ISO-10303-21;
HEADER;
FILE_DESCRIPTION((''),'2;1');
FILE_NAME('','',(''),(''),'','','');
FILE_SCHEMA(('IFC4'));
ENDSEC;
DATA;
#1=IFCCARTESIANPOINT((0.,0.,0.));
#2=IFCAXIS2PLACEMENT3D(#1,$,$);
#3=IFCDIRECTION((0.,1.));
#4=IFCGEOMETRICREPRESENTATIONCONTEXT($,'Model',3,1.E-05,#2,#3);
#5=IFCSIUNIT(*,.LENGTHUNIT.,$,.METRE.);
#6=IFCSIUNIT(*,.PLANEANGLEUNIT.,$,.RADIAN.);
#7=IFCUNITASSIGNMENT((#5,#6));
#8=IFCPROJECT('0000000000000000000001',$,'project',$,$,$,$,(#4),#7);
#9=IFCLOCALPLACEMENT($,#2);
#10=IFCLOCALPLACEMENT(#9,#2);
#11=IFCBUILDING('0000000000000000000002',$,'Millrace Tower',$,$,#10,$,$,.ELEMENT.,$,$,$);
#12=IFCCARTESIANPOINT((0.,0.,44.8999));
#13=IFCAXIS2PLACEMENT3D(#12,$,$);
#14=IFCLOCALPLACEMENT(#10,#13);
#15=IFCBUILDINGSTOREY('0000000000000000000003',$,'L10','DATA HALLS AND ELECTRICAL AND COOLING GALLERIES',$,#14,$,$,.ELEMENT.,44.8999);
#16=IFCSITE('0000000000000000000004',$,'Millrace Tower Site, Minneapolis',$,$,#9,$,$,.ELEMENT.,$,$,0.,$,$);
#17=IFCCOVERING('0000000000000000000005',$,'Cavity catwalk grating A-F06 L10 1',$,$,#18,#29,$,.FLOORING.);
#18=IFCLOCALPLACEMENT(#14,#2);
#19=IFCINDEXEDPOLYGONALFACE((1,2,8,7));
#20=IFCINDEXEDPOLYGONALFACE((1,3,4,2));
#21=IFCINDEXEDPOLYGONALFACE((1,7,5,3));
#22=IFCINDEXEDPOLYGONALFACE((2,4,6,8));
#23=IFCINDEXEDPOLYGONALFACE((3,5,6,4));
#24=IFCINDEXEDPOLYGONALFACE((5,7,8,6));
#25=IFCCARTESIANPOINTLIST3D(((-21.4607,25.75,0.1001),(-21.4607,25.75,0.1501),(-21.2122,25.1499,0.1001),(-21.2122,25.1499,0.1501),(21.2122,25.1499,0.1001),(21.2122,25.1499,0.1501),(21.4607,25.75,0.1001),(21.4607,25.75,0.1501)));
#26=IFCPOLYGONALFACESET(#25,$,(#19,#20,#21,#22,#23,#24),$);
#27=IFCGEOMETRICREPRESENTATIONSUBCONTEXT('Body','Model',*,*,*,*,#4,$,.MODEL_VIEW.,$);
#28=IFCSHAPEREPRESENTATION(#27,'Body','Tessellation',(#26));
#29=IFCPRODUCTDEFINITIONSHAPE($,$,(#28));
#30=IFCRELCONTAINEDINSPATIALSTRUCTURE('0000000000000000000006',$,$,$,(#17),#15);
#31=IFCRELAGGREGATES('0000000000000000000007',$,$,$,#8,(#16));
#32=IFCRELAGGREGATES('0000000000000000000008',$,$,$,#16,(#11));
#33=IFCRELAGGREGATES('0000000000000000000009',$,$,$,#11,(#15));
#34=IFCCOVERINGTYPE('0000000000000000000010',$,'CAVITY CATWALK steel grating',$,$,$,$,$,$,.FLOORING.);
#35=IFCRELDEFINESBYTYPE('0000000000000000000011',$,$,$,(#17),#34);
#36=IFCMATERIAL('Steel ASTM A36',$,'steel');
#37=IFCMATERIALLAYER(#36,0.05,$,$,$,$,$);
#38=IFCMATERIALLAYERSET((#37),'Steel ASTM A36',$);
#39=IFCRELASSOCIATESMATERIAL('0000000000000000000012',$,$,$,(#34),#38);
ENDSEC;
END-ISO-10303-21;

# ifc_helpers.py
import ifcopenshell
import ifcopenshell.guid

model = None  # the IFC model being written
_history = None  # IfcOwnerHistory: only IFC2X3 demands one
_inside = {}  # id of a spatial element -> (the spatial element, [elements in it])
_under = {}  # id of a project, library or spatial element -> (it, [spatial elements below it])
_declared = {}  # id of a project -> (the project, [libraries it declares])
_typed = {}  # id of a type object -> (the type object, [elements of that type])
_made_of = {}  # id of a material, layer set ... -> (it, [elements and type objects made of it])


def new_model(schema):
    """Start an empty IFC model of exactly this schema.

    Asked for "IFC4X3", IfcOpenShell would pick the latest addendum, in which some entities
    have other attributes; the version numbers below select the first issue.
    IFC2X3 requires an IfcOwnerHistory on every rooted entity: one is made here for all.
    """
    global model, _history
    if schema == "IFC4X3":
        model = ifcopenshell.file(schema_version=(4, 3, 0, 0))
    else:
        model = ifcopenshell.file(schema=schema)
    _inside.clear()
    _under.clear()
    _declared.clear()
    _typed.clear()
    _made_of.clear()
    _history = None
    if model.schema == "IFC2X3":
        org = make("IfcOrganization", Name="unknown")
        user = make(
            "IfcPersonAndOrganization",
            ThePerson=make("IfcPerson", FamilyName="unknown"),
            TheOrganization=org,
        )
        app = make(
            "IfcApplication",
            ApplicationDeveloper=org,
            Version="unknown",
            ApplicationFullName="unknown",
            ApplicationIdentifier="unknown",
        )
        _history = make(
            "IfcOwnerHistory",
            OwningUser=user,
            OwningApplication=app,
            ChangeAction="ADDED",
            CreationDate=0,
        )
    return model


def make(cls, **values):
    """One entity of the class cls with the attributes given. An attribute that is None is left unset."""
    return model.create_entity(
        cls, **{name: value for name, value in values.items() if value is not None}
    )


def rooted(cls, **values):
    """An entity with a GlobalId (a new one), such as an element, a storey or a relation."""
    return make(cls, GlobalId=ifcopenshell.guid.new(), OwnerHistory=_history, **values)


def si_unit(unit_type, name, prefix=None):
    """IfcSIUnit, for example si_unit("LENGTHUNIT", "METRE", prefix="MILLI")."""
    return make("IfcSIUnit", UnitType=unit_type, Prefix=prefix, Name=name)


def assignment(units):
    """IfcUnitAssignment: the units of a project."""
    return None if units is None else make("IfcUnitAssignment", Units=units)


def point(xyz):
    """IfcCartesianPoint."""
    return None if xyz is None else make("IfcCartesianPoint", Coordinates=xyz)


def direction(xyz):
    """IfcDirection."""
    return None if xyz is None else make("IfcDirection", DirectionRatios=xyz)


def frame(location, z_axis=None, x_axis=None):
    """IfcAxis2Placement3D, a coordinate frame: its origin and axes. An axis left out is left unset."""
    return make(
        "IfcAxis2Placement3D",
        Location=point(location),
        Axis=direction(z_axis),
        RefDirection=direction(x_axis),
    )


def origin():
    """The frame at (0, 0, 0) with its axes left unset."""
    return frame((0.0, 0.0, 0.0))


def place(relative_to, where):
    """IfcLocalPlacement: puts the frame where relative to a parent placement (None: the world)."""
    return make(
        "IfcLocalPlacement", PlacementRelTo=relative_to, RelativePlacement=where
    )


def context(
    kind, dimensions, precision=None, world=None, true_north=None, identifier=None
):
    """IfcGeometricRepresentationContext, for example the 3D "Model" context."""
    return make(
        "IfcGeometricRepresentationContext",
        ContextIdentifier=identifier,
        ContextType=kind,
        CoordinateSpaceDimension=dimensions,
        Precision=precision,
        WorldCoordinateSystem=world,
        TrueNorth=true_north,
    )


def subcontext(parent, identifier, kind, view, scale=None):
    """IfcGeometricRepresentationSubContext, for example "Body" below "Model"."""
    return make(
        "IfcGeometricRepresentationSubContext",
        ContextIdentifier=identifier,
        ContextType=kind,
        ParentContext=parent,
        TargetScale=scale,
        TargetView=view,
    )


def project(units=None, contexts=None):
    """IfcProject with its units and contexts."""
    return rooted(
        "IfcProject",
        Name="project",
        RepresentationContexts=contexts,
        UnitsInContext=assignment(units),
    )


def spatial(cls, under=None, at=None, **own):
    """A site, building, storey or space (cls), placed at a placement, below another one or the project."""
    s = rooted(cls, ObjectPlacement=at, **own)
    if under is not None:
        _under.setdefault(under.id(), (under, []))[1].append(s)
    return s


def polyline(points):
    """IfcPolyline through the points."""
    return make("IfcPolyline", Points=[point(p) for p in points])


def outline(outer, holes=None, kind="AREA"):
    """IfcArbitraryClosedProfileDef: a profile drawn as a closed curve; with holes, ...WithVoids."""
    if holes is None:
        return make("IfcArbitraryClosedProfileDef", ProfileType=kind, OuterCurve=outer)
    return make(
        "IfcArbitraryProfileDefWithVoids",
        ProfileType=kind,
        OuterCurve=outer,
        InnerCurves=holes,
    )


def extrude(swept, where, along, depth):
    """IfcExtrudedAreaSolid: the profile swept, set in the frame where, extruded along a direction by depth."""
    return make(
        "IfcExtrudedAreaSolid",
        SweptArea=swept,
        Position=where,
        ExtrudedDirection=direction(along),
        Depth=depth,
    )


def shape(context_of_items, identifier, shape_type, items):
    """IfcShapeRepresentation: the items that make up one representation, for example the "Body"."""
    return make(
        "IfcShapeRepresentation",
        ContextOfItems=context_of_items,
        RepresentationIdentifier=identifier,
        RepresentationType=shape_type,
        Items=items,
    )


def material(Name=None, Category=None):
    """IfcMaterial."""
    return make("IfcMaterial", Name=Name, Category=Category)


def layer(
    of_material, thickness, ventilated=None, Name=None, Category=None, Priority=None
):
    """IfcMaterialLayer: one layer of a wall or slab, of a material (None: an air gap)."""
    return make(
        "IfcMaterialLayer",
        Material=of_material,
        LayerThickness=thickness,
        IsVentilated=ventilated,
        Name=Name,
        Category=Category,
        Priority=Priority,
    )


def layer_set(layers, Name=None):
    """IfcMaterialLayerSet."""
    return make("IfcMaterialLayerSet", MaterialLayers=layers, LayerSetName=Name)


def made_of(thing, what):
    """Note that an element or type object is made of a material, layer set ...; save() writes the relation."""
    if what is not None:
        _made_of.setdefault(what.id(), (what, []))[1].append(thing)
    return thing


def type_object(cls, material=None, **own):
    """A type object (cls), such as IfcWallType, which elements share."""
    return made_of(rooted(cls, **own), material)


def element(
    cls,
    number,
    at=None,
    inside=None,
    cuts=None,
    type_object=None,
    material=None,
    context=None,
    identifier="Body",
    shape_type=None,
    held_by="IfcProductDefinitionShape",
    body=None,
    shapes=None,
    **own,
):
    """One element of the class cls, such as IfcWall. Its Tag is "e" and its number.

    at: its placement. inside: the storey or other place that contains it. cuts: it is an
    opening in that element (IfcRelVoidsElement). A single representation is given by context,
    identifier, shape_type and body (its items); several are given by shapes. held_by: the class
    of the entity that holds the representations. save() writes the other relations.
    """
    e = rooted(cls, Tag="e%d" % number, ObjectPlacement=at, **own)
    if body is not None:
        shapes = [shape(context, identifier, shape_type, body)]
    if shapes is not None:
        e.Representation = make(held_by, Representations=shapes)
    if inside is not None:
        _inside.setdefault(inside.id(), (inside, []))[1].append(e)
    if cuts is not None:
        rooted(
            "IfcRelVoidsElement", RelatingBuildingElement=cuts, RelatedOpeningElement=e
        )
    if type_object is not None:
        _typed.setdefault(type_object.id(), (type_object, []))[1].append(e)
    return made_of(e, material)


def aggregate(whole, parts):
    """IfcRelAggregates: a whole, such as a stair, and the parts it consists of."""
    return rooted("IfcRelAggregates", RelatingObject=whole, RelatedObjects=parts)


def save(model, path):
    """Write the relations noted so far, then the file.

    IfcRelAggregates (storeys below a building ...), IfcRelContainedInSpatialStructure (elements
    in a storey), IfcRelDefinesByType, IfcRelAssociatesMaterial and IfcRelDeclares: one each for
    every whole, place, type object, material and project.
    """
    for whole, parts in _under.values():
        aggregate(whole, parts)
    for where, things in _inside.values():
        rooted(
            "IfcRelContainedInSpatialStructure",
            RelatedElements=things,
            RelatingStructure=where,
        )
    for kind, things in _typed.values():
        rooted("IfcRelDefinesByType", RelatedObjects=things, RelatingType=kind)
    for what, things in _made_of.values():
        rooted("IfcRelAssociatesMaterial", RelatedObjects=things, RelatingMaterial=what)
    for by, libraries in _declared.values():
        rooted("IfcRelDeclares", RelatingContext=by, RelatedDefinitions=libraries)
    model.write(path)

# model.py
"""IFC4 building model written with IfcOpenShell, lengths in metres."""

from ifc_helpers import new_model, si_unit, direction, frame, origin, place, context, subcontext, project, spatial, polyline, outline, extrude, material, layer, layer_set, type_object, element, save


model = new_model("IFC4")

# Units and contexts
model_context = context("Model", 3, precision=1e-05, world=origin(), true_north=direction((0.0, 1.0)))
body_context = subcontext(model_context, "Body", "Model", "MODEL_VIEW")
ifc_project = project(units=[si_unit("LENGTHUNIT", "METRE"), si_unit("PLANEANGLEUNIT", "RADIAN")], contexts=[model_context])

# Site, building, storey
site_placement = place(None, origin())
site = spatial("IfcSite", under=ifc_project, at=site_placement, Name="Millrace Tower Site, Minneapolis", CompositionType="ELEMENT", RefElevation=0.0)
building_placement = place(site_placement, origin())
building = spatial("IfcBuilding", under=site, at=building_placement, Name="Millrace Tower", CompositionType="ELEMENT")
storey_placement = place(building_placement, frame((0.0, 0.0, 44.8999)))
storey = spatial("IfcBuildingStorey", under=building, at=storey_placement, Name="L10", Description="DATA HALLS AND ELECTRICAL AND COOLING GALLERIES", CompositionType="ELEMENT", Elevation=44.8999)

# Covering
ifc_material_1 = material(Name="Steel ASTM A36", Category="steel")
ifc_layer_1 = layer(ifc_material_1, 0.05)
ifc_layer_set_1 = layer_set([ifc_layer_1], Name="Steel ASTM A36")
covering_type = type_object("IfcCoveringType", Name="CAVITY CATWALK steel grating", PredefinedType="FLOORING", material=ifc_layer_set_1)
placement_1 = place(storey_placement, frame((0.0, 0.0, 0.1001)))
element("IfcCovering", 1, at=placement_1, inside=storey, type_object=covering_type, Name="Cavity catwalk grating A-F06 L10 1", PredefinedType="FLOORING", context=body_context, shape_type="SweptSolid", body=[
    extrude(outline(polyline([(21.4607, 25.75), (-21.4607, 25.75), (-21.2122, 25.1499), (21.2122, 25.1499), (21.4607, 25.75)])), origin(), (0.0, 0.0, 1.0), 0.05),
])

save(model, "model.ifc")
